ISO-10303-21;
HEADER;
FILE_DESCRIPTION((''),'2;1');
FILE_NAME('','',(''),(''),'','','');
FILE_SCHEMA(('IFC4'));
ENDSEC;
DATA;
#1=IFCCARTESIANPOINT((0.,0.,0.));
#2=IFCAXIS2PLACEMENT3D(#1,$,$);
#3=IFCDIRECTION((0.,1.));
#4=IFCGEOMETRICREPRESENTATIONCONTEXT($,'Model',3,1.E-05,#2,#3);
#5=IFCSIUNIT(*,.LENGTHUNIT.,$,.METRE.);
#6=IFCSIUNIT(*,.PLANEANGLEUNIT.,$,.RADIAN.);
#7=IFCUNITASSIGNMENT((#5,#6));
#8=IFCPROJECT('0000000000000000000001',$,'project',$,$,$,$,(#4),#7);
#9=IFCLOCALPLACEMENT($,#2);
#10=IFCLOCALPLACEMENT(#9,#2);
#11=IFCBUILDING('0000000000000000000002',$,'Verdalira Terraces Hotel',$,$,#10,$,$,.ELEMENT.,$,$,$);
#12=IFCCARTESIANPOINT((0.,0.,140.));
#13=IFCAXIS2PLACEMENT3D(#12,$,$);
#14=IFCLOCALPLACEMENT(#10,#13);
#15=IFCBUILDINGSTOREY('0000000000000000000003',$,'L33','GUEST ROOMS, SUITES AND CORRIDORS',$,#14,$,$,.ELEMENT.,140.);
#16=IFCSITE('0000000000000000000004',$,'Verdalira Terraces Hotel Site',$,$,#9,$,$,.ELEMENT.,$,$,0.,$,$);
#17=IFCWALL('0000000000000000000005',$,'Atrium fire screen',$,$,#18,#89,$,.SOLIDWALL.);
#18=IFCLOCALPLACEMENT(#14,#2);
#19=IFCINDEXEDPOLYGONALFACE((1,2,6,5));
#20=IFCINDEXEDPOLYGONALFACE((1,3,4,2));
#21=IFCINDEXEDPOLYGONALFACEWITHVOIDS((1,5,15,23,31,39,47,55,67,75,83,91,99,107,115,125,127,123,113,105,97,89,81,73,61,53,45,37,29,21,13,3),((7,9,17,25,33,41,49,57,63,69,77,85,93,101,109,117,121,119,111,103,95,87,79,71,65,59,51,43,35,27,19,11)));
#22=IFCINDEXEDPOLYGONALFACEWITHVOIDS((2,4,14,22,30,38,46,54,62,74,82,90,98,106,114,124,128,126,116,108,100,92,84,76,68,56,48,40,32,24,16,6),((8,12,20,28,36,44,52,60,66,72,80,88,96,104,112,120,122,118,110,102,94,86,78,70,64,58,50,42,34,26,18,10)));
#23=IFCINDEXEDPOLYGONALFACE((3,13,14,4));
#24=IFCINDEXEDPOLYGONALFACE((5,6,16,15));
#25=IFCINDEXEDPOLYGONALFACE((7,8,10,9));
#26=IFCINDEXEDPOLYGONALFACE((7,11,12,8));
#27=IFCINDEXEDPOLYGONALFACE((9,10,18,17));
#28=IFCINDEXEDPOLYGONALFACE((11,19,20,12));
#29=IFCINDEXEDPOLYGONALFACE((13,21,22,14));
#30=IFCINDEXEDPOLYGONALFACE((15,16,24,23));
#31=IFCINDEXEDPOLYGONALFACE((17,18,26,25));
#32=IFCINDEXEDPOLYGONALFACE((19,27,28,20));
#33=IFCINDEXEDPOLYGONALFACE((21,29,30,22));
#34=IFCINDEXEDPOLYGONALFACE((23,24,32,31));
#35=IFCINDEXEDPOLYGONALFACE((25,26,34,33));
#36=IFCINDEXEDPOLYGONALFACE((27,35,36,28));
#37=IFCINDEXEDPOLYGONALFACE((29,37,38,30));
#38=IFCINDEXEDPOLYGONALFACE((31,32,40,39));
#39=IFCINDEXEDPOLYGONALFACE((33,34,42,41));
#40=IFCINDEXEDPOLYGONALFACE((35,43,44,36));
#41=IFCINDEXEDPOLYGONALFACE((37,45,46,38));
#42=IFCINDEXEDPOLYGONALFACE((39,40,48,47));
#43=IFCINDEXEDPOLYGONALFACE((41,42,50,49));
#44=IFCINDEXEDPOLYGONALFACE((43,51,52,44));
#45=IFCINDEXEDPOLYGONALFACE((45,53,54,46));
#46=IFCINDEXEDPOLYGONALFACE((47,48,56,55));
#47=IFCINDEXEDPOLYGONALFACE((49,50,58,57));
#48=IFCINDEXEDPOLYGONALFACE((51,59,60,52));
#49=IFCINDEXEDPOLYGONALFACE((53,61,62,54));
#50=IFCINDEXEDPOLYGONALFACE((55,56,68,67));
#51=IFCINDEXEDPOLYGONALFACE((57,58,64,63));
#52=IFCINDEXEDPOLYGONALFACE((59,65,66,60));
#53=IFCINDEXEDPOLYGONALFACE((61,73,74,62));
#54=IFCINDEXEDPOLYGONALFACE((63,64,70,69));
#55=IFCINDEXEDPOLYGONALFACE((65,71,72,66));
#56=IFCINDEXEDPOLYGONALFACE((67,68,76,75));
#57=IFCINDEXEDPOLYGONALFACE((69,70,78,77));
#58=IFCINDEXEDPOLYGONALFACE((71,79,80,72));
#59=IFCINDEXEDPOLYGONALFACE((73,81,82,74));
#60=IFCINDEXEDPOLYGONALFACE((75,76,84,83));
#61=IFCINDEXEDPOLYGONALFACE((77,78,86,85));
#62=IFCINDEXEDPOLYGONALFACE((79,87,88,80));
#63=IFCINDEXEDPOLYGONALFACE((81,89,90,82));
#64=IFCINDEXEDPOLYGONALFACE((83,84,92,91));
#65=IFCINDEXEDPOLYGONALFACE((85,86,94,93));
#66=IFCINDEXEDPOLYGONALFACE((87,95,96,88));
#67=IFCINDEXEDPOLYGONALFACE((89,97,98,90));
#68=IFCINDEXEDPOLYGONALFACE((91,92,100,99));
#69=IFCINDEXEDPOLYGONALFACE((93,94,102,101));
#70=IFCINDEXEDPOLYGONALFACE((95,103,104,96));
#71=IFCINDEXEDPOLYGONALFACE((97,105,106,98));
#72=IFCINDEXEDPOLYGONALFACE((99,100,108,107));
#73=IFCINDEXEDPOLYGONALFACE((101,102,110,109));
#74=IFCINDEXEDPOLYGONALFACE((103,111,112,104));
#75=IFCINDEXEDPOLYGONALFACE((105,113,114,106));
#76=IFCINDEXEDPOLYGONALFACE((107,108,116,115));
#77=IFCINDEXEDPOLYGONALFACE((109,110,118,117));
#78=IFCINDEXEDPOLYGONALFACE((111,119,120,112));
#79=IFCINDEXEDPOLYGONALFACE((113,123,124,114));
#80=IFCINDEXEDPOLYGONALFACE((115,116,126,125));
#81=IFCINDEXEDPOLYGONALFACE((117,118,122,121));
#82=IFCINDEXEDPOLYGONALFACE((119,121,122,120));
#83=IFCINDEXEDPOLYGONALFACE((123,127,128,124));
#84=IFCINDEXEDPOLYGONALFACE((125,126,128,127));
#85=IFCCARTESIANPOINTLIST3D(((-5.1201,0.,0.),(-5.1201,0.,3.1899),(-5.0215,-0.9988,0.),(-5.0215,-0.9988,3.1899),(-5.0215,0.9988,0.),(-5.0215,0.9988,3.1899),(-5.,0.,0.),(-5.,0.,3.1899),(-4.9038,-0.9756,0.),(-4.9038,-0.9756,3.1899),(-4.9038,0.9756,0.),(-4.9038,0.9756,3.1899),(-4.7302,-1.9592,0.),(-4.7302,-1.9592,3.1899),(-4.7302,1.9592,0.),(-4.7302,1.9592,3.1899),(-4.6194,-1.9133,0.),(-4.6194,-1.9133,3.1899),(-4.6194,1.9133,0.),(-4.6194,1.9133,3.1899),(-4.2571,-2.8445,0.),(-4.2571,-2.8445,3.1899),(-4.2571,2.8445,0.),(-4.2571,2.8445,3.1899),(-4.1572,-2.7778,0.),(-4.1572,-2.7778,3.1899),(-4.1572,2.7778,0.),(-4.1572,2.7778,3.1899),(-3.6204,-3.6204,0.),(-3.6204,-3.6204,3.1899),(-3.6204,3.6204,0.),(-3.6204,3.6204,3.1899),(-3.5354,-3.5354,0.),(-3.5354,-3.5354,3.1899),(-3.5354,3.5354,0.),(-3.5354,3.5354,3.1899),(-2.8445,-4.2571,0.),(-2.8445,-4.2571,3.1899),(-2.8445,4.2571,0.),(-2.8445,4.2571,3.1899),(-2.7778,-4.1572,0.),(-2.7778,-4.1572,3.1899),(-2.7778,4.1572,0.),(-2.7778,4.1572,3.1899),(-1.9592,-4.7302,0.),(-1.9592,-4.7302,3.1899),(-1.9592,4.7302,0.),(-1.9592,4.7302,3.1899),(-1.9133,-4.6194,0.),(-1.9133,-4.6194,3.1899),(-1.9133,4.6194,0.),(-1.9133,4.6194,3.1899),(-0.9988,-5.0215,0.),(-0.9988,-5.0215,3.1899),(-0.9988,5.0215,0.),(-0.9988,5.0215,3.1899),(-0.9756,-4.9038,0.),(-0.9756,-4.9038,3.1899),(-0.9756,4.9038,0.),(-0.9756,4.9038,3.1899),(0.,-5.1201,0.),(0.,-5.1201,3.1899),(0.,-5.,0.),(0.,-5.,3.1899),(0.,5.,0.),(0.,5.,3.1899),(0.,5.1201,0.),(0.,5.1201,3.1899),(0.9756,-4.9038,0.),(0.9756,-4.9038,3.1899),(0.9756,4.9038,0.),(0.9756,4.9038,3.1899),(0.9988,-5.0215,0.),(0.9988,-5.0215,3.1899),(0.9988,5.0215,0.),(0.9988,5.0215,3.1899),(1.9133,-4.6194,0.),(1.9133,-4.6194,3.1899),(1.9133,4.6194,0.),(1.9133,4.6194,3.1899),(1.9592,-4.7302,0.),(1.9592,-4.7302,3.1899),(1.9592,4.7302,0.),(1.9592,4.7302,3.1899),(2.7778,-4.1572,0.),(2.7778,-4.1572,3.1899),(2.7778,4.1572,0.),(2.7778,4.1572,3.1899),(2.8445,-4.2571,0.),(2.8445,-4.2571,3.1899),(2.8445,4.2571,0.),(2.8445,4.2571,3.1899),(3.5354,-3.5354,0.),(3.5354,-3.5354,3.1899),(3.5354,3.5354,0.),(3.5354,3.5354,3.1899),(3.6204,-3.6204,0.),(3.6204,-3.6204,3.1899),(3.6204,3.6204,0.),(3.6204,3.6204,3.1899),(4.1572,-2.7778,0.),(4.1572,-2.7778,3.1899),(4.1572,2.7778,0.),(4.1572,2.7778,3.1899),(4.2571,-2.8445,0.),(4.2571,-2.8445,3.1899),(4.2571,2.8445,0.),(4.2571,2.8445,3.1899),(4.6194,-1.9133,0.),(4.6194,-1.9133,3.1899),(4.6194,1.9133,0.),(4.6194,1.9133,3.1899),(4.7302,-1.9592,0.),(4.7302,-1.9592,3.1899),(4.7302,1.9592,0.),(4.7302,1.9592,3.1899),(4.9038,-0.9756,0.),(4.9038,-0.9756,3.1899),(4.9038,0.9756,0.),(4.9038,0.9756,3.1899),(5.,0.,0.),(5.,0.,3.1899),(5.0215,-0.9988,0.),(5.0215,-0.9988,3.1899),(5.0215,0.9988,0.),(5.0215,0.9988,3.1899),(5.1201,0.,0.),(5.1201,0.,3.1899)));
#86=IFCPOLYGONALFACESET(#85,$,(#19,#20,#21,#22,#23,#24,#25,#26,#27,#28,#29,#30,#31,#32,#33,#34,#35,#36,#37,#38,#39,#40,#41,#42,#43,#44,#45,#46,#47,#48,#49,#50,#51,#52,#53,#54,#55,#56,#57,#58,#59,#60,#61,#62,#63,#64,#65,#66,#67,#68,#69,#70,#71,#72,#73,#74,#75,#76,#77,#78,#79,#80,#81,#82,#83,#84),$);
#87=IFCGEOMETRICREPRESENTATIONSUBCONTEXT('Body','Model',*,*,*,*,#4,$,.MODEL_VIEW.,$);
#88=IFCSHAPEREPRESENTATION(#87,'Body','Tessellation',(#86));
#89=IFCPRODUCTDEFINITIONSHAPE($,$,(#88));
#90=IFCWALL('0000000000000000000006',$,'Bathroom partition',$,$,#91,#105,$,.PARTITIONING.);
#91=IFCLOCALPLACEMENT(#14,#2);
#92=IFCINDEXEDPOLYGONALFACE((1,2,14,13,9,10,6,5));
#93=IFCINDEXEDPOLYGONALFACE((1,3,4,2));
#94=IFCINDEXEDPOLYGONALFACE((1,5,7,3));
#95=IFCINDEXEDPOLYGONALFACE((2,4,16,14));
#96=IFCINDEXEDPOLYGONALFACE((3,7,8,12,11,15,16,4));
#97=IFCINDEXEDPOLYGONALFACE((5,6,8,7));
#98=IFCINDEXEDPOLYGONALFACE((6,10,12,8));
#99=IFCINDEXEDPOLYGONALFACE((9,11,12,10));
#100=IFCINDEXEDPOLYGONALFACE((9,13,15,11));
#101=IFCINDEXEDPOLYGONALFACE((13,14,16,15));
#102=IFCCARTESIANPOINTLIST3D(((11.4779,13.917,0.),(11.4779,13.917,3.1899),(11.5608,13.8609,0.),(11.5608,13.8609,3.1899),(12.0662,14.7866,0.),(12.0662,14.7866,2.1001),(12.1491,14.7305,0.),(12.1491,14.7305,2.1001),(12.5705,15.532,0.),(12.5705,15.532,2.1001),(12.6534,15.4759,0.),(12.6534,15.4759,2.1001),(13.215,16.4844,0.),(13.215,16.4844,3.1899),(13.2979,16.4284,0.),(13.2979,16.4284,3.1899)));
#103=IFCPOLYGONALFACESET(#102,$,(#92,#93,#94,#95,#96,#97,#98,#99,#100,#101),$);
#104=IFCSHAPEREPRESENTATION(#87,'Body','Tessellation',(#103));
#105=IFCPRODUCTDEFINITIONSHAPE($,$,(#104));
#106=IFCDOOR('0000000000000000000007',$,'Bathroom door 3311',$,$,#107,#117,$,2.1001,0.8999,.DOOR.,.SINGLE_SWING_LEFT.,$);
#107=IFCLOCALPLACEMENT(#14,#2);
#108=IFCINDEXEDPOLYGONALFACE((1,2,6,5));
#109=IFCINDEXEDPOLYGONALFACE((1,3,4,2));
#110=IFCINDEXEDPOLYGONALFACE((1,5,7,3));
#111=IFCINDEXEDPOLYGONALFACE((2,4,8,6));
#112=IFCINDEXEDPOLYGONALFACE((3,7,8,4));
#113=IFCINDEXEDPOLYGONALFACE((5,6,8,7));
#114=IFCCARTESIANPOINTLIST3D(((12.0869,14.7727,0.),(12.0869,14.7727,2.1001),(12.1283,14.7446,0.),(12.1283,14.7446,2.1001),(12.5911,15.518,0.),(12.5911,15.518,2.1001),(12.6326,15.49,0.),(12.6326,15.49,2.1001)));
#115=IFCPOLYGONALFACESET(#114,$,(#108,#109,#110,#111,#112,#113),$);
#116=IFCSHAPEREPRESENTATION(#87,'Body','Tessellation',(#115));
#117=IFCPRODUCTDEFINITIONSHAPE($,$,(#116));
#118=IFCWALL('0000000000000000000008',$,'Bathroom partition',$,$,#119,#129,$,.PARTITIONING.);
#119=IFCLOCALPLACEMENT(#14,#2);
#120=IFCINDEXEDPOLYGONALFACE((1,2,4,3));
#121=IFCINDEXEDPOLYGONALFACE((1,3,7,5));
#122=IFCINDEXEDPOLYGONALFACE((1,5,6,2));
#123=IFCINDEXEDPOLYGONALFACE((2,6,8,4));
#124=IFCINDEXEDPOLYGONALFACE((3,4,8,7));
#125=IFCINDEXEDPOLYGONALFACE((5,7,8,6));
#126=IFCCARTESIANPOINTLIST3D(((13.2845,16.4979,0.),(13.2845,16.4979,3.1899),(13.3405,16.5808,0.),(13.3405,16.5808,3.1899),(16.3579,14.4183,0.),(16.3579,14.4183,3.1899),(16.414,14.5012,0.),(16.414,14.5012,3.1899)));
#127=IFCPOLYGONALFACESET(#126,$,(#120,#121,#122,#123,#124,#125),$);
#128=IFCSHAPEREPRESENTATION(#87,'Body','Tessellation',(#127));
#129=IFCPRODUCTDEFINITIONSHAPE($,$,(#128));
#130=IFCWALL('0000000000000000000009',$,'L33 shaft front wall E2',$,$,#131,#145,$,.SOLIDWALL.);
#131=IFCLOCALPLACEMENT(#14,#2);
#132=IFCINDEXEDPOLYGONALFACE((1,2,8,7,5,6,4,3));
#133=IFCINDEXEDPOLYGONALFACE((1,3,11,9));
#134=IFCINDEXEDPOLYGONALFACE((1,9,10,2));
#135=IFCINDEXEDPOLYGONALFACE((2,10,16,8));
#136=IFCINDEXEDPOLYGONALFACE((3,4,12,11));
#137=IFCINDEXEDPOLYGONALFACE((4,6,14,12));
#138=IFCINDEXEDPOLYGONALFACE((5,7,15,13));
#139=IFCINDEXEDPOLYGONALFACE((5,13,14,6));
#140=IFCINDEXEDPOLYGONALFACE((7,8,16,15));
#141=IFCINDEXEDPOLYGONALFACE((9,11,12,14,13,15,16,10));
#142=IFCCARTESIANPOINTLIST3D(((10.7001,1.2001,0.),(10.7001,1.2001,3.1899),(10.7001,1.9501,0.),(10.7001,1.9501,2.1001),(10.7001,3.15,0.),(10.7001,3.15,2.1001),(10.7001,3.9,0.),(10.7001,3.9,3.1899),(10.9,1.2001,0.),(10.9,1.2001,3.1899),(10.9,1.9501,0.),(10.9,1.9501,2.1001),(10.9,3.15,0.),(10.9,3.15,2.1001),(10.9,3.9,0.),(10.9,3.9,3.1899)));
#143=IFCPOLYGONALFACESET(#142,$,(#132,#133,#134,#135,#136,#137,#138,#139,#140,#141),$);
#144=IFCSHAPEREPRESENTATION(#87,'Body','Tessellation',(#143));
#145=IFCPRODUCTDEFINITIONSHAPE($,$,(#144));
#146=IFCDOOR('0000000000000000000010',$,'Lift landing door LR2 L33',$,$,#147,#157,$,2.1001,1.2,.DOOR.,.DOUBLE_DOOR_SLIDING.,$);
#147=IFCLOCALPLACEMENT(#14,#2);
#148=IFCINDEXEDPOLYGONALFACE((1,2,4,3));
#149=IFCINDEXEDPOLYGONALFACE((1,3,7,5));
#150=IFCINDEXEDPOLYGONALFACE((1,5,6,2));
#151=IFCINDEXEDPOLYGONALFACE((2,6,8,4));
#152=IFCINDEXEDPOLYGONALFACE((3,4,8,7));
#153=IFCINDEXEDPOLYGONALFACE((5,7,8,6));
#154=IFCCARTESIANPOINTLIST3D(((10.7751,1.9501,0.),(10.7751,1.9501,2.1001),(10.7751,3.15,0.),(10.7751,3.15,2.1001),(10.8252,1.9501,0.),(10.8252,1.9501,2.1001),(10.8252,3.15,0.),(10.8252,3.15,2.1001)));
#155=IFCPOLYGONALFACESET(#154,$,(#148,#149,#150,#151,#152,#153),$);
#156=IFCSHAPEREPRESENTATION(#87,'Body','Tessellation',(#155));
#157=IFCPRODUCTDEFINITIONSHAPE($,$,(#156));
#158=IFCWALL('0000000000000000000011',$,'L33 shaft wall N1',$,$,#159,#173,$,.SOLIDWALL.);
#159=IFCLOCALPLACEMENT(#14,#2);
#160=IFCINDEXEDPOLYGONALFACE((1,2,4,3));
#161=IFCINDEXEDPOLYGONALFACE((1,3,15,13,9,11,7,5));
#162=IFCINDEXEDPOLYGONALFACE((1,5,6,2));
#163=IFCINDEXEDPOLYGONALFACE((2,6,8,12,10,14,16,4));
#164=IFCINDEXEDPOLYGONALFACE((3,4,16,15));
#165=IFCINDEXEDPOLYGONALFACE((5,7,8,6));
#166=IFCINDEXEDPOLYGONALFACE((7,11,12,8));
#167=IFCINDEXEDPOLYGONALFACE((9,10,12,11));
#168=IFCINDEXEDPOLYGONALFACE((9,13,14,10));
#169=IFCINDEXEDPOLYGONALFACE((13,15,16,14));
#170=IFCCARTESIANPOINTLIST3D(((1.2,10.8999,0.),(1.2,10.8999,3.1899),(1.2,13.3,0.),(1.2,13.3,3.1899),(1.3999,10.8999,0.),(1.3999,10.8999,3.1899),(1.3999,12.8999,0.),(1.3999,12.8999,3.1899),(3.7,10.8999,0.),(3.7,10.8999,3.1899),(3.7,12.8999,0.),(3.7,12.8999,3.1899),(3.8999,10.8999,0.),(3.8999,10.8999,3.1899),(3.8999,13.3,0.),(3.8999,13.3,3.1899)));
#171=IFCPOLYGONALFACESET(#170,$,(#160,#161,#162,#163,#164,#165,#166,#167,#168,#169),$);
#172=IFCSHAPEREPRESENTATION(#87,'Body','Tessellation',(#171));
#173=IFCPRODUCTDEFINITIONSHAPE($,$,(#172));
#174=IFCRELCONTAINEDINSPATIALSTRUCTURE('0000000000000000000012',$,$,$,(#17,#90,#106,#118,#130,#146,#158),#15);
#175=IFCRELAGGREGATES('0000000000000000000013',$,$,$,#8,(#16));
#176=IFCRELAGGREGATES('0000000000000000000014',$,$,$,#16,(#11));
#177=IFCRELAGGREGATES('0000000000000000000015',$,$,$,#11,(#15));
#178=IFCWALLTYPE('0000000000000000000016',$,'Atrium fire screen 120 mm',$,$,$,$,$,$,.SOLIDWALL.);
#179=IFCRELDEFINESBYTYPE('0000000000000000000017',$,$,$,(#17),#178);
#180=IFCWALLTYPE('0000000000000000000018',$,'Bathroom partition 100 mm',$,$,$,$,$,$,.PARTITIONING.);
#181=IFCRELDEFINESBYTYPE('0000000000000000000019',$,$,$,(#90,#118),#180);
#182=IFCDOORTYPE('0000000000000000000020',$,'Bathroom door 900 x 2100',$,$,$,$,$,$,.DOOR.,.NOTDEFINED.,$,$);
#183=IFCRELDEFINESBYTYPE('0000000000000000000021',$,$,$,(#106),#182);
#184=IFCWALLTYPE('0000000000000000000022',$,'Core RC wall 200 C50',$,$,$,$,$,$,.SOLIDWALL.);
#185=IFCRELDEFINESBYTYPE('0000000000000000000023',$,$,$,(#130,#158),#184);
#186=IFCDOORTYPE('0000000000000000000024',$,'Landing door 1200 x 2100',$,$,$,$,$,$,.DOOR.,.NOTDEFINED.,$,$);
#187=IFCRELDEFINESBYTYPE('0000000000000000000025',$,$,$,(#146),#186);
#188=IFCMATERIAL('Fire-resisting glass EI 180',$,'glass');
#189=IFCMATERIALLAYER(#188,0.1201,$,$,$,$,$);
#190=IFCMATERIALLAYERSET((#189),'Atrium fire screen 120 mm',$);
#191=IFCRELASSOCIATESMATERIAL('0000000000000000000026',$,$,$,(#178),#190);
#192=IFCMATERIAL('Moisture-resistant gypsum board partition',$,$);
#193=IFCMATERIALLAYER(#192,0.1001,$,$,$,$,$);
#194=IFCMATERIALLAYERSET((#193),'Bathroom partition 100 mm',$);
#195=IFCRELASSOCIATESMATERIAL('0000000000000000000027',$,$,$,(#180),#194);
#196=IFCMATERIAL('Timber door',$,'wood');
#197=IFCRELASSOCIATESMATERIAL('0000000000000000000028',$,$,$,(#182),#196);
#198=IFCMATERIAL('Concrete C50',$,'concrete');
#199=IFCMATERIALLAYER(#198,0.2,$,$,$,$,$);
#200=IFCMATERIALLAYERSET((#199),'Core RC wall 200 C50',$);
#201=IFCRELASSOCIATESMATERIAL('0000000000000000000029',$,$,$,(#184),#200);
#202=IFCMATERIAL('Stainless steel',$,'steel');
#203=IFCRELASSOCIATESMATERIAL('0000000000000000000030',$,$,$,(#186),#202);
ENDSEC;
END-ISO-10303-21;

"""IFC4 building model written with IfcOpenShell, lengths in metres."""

from ifc_helpers import new_model, si_unit, direction, frame, frame_2d, origin, place, context, subcontext, project, spatial, polyline, rectangle, outline, extrude, material, layer, layer_set, type_object, element, fill, save


model = new_model("IFC4")

# Units and contexts
model_context = context("Model", 3, precision=1e-05, world=origin(), true_north=direction((0.0, 1.0)))
body_context = subcontext(model_context, "Body", "Model", "MODEL_VIEW")
ifc_project = project(units=[si_unit("LENGTHUNIT", "METRE"), si_unit("PLANEANGLEUNIT", "RADIAN")], contexts=[model_context])

# Site, building, storey
site_placement = place(None, origin())
site = spatial("IfcSite", under=ifc_project, at=site_placement, Name="Verdalira Terraces Hotel Site", CompositionType="ELEMENT", RefElevation=0.0)
building_placement = place(site_placement, origin())
building = spatial("IfcBuilding", under=site, at=building_placement, Name="Verdalira Terraces Hotel", CompositionType="ELEMENT")
storey_placement = place(building_placement, frame((0.0, 0.0, 140.0)))
storey = spatial("IfcBuildingStorey", under=building, at=storey_placement, Name="L33", Description="GUEST ROOMS, SUITES AND CORRIDORS", CompositionType="ELEMENT", Elevation=140.0)

# Wall
ifc_material_1 = material(Name="Fire-resisting glass EI 180", Category="glass")
ifc_layer_1 = layer(ifc_material_1, 0.1201)
ifc_layer_set_1 = layer_set([ifc_layer_1], Name="Atrium fire screen 120 mm")
wall_type_1 = type_object("IfcWallType", Name="Atrium fire screen 120 mm", PredefinedType="SOLIDWALL", material=ifc_layer_set_1)
wall_1_placement = place(storey_placement, origin())
element("IfcWall", 1, at=wall_1_placement, inside=storey, type_object=wall_type_1, Name="Atrium fire screen", PredefinedType="SOLIDWALL", context=body_context, shape_type="SweptSolid", body=[
    extrude(outline(polyline([(5.0215, -0.9988), (4.7302, -1.9592), (4.2571, -2.8445), (3.6204, -3.6204), (2.8445, -4.2571), (1.9592, -4.7302), (0.9988, -5.0215), (0.0, -5.1201), (-0.9988, -5.0215), (-1.9592, -4.7302), (-2.8445, -4.2571), (-3.6204, -3.6204), (-4.2571, -2.8445), (-4.7302, -1.9592), (-5.0215, -0.9988), (-5.1201, 0.0), (-5.0215, 0.9988), (-4.7302, 1.9592), (-4.2571, 2.8445), (-3.6204, 3.6204), (-2.8445, 4.2571), (-1.9592, 4.7302), (-0.9988, 5.0215), (0.0, 5.1201), (0.9988, 5.0215), (1.9592, 4.7302), (2.8445, 4.2571), (3.6204, 3.6204), (4.2571, 2.8445), (4.7302, 1.9592), (5.0215, 0.9988), (5.1201, 0.0), (5.0215, -0.9988)]), holes=[polyline([(4.9038, 0.9756), (4.6194, 1.9133), (4.1572, 2.7778), (3.5354, 3.5354), (2.7778, 4.1572), (1.9133, 4.6194), (0.9756, 4.9038), (0.0, 5.0), (-0.9756, 4.9038), (-1.9133, 4.6194), (-2.7778, 4.1572), (-3.5354, 3.5354), (-4.1572, 2.7778), (-4.6194, 1.9133), (-4.9038, 0.9756), (-5.0, 0.0), (-4.9038, -0.9756), (-4.6194, -1.9133), (-4.1572, -2.7778), (-3.5354, -3.5354), (-2.7778, -4.1572), (-1.9133, -4.6194), (-0.9756, -4.9038), (0.0, -5.0), (0.9756, -4.9038), (1.9133, -4.6194), (2.7778, -4.1572), (3.5354, -3.5354), (4.1572, -2.7778), (4.6194, -1.9133), (4.9038, -0.9756), (5.0, 0.0), (4.9038, 0.9756)])]), origin(), (0.0, 0.0, 1.0), 3.1899),
])

# Wall, opening, door
ifc_material_2 = material(Name="Moisture-resistant gypsum board partition")
ifc_layer_2 = layer(ifc_material_2, 0.1001)
ifc_layer_set_2 = layer_set([ifc_layer_2], Name="Bathroom partition 100 mm")
wall_type_2 = type_object("IfcWallType", Name="Bathroom partition 100 mm", PredefinedType="PARTITIONING", material=ifc_layer_set_2)
wall_2_placement = place(storey_placement, frame((13.2563, 16.4563, 0.0), z_axis=(0.0, 0.0, 1.0), x_axis=(-0.560376, -0.828238, 0.0)))
wall_2 = element("IfcWall", 2, at=wall_2_placement, inside=storey, type_object=wall_type_2, Name="Bathroom partition", PredefinedType="PARTITIONING", context=body_context, shape_type="SweptSolid", body=[
    extrude(rectangle(XDim=3.0999, YDim=0.1001, at=frame_2d((1.5498, 0.0))), origin(), (0.0, 0.0, 1.0), 3.1899),
])
opening_1_placement = place(wall_2_placement, frame((1.1499, 0.0, 0.0)))
opening_1 = element("IfcOpeningElement", 3, at=opening_1_placement, cuts=wall_2, PredefinedType="OPENING", context=body_context, shape_type="SweptSolid", body=[
    extrude(rectangle(XDim=0.8999, YDim=2.1001, at=frame_2d((0.45, 1.05))), frame((0.0, 0.0601, 0.0), z_axis=(0.0, -1.0, 0.0), x_axis=(1.0, 0.0, 0.0)), (0.0, 0.0, 1.0), 0.1201),
])
ifc_material_3 = material(Name="Timber door", Category="wood")
door_type_1 = type_object("IfcDoorType", Name="Bathroom door 900 x 2100", OperationType="NOTDEFINED", PredefinedType="DOOR", material=ifc_material_3)
door_1_placement = place(opening_1_placement, origin())
door_1 = element("IfcDoor", 4, at=door_1_placement, inside=storey, type_object=door_type_1, Name="Bathroom door 3311", OperationType="SINGLE_SWING_LEFT", OverallHeight=2.1001, OverallWidth=0.8999, PredefinedType="DOOR", context=body_context, shape_type="SweptSolid", body=[
    extrude(rectangle(XDim=0.8999, YDim=2.1001, at=frame_2d((0.45, 1.05))), frame((0.0, 0.0249, 0.0), z_axis=(0.0, -1.0, 0.0), x_axis=(1.0, 0.0, 0.0)), (0.0, 0.0, 1.0), 0.05),
])
fill(opening_1, door_1)

# Wall
wall_3_placement = place(storey_placement, frame((13.3125, 16.5393, 0.0), z_axis=(0.0, 0.0, 1.0), x_axis=(0.828225, -0.560396, 0.0)))
element("IfcWall", 5, at=wall_3_placement, inside=storey, type_object=wall_type_2, Name="Bathroom partition", PredefinedType="PARTITIONING", context=body_context, shape_type="SweptSolid", body=[
    extrude(rectangle(XDim=3.7109, YDim=0.1001, at=frame_2d((1.8555, 0.0))), origin(), (0.0, 0.0, 1.0), 3.1899),
])

# Wall, opening, door
ifc_material_4 = material(Name="Concrete C50", Category="concrete")
ifc_layer_3 = layer(ifc_material_4, 0.2)
ifc_layer_set_3 = layer_set([ifc_layer_3], Name="Core RC wall 200 C50")
wall_type_3 = type_object("IfcWallType", Name="Core RC wall 200 C50", PredefinedType="SOLIDWALL", material=ifc_layer_set_3)
wall_4_placement = place(storey_placement, frame((10.8, 1.2, 0.0), z_axis=(0.0, 0.0, 1.0), x_axis=(0.0, 1.0, 0.0)))
wall_4 = element("IfcWall", 6, at=wall_4_placement, inside=storey, type_object=wall_type_3, Name="L33 shaft front wall E2", PredefinedType="SOLIDWALL", context=body_context, shape_type="SweptSolid", body=[
    extrude(rectangle(XDim=2.7, YDim=0.2, at=frame_2d((1.3501, 0.0))), origin(), (0.0, 0.0, 1.0), 3.1899),
])
opening_2_placement = place(wall_4_placement, frame((0.75, 0.0, 0.0)))
opening_2 = element("IfcOpeningElement", 7, at=opening_2_placement, cuts=wall_4, PredefinedType="OPENING", context=body_context, shape_type="SweptSolid", body=[
    extrude(rectangle(XDim=1.2, YDim=2.1001, at=frame_2d((0.6001, 1.05))), frame((0.0, 0.1099, 0.0), z_axis=(0.0, -1.0, 0.0), x_axis=(1.0, 0.0, 0.0)), (0.0, 0.0, 1.0), 0.22),
])
ifc_material_5 = material(Name="Stainless steel", Category="steel")
door_type_2 = type_object("IfcDoorType", Name="Landing door 1200 x 2100", OperationType="NOTDEFINED", PredefinedType="DOOR", material=ifc_material_5)
door_2_placement = place(opening_2_placement, origin())
door_2 = element("IfcDoor", 8, at=door_2_placement, inside=storey, type_object=door_type_2, Name="Lift landing door LR2 L33", OperationType="DOUBLE_DOOR_SLIDING", OverallHeight=2.1001, OverallWidth=1.2, PredefinedType="DOOR", context=body_context, shape_type="SweptSolid", body=[
    extrude(rectangle(XDim=1.2, YDim=2.1001, at=frame_2d((0.6001, 1.05))), frame((0.0, 0.0249, 0.0), z_axis=(0.0, -1.0, 0.0), x_axis=(1.0, 0.0, 0.0)), (0.0, 0.0, 1.0), 0.05),
])
fill(opening_2, door_2)

# Wall
wall_5_placement = place(storey_placement, origin())
element("IfcWall", 9, at=wall_5_placement, inside=storey, type_object=wall_type_3, Name="L33 shaft wall N1", PredefinedType="SOLIDWALL", context=body_context, shape_type="SweptSolid", body=[
    extrude(outline(polyline([(3.8999, 13.3), (3.8999, 10.8999), (3.7, 10.8999), (3.7, 12.8999), (1.3999, 12.8999), (1.3999, 10.8999), (1.2, 10.8999), (1.2, 13.3), (3.8999, 13.3)])), origin(), (0.0, 0.0, 1.0), 3.1899),
])

save(model, "model.ifc")
